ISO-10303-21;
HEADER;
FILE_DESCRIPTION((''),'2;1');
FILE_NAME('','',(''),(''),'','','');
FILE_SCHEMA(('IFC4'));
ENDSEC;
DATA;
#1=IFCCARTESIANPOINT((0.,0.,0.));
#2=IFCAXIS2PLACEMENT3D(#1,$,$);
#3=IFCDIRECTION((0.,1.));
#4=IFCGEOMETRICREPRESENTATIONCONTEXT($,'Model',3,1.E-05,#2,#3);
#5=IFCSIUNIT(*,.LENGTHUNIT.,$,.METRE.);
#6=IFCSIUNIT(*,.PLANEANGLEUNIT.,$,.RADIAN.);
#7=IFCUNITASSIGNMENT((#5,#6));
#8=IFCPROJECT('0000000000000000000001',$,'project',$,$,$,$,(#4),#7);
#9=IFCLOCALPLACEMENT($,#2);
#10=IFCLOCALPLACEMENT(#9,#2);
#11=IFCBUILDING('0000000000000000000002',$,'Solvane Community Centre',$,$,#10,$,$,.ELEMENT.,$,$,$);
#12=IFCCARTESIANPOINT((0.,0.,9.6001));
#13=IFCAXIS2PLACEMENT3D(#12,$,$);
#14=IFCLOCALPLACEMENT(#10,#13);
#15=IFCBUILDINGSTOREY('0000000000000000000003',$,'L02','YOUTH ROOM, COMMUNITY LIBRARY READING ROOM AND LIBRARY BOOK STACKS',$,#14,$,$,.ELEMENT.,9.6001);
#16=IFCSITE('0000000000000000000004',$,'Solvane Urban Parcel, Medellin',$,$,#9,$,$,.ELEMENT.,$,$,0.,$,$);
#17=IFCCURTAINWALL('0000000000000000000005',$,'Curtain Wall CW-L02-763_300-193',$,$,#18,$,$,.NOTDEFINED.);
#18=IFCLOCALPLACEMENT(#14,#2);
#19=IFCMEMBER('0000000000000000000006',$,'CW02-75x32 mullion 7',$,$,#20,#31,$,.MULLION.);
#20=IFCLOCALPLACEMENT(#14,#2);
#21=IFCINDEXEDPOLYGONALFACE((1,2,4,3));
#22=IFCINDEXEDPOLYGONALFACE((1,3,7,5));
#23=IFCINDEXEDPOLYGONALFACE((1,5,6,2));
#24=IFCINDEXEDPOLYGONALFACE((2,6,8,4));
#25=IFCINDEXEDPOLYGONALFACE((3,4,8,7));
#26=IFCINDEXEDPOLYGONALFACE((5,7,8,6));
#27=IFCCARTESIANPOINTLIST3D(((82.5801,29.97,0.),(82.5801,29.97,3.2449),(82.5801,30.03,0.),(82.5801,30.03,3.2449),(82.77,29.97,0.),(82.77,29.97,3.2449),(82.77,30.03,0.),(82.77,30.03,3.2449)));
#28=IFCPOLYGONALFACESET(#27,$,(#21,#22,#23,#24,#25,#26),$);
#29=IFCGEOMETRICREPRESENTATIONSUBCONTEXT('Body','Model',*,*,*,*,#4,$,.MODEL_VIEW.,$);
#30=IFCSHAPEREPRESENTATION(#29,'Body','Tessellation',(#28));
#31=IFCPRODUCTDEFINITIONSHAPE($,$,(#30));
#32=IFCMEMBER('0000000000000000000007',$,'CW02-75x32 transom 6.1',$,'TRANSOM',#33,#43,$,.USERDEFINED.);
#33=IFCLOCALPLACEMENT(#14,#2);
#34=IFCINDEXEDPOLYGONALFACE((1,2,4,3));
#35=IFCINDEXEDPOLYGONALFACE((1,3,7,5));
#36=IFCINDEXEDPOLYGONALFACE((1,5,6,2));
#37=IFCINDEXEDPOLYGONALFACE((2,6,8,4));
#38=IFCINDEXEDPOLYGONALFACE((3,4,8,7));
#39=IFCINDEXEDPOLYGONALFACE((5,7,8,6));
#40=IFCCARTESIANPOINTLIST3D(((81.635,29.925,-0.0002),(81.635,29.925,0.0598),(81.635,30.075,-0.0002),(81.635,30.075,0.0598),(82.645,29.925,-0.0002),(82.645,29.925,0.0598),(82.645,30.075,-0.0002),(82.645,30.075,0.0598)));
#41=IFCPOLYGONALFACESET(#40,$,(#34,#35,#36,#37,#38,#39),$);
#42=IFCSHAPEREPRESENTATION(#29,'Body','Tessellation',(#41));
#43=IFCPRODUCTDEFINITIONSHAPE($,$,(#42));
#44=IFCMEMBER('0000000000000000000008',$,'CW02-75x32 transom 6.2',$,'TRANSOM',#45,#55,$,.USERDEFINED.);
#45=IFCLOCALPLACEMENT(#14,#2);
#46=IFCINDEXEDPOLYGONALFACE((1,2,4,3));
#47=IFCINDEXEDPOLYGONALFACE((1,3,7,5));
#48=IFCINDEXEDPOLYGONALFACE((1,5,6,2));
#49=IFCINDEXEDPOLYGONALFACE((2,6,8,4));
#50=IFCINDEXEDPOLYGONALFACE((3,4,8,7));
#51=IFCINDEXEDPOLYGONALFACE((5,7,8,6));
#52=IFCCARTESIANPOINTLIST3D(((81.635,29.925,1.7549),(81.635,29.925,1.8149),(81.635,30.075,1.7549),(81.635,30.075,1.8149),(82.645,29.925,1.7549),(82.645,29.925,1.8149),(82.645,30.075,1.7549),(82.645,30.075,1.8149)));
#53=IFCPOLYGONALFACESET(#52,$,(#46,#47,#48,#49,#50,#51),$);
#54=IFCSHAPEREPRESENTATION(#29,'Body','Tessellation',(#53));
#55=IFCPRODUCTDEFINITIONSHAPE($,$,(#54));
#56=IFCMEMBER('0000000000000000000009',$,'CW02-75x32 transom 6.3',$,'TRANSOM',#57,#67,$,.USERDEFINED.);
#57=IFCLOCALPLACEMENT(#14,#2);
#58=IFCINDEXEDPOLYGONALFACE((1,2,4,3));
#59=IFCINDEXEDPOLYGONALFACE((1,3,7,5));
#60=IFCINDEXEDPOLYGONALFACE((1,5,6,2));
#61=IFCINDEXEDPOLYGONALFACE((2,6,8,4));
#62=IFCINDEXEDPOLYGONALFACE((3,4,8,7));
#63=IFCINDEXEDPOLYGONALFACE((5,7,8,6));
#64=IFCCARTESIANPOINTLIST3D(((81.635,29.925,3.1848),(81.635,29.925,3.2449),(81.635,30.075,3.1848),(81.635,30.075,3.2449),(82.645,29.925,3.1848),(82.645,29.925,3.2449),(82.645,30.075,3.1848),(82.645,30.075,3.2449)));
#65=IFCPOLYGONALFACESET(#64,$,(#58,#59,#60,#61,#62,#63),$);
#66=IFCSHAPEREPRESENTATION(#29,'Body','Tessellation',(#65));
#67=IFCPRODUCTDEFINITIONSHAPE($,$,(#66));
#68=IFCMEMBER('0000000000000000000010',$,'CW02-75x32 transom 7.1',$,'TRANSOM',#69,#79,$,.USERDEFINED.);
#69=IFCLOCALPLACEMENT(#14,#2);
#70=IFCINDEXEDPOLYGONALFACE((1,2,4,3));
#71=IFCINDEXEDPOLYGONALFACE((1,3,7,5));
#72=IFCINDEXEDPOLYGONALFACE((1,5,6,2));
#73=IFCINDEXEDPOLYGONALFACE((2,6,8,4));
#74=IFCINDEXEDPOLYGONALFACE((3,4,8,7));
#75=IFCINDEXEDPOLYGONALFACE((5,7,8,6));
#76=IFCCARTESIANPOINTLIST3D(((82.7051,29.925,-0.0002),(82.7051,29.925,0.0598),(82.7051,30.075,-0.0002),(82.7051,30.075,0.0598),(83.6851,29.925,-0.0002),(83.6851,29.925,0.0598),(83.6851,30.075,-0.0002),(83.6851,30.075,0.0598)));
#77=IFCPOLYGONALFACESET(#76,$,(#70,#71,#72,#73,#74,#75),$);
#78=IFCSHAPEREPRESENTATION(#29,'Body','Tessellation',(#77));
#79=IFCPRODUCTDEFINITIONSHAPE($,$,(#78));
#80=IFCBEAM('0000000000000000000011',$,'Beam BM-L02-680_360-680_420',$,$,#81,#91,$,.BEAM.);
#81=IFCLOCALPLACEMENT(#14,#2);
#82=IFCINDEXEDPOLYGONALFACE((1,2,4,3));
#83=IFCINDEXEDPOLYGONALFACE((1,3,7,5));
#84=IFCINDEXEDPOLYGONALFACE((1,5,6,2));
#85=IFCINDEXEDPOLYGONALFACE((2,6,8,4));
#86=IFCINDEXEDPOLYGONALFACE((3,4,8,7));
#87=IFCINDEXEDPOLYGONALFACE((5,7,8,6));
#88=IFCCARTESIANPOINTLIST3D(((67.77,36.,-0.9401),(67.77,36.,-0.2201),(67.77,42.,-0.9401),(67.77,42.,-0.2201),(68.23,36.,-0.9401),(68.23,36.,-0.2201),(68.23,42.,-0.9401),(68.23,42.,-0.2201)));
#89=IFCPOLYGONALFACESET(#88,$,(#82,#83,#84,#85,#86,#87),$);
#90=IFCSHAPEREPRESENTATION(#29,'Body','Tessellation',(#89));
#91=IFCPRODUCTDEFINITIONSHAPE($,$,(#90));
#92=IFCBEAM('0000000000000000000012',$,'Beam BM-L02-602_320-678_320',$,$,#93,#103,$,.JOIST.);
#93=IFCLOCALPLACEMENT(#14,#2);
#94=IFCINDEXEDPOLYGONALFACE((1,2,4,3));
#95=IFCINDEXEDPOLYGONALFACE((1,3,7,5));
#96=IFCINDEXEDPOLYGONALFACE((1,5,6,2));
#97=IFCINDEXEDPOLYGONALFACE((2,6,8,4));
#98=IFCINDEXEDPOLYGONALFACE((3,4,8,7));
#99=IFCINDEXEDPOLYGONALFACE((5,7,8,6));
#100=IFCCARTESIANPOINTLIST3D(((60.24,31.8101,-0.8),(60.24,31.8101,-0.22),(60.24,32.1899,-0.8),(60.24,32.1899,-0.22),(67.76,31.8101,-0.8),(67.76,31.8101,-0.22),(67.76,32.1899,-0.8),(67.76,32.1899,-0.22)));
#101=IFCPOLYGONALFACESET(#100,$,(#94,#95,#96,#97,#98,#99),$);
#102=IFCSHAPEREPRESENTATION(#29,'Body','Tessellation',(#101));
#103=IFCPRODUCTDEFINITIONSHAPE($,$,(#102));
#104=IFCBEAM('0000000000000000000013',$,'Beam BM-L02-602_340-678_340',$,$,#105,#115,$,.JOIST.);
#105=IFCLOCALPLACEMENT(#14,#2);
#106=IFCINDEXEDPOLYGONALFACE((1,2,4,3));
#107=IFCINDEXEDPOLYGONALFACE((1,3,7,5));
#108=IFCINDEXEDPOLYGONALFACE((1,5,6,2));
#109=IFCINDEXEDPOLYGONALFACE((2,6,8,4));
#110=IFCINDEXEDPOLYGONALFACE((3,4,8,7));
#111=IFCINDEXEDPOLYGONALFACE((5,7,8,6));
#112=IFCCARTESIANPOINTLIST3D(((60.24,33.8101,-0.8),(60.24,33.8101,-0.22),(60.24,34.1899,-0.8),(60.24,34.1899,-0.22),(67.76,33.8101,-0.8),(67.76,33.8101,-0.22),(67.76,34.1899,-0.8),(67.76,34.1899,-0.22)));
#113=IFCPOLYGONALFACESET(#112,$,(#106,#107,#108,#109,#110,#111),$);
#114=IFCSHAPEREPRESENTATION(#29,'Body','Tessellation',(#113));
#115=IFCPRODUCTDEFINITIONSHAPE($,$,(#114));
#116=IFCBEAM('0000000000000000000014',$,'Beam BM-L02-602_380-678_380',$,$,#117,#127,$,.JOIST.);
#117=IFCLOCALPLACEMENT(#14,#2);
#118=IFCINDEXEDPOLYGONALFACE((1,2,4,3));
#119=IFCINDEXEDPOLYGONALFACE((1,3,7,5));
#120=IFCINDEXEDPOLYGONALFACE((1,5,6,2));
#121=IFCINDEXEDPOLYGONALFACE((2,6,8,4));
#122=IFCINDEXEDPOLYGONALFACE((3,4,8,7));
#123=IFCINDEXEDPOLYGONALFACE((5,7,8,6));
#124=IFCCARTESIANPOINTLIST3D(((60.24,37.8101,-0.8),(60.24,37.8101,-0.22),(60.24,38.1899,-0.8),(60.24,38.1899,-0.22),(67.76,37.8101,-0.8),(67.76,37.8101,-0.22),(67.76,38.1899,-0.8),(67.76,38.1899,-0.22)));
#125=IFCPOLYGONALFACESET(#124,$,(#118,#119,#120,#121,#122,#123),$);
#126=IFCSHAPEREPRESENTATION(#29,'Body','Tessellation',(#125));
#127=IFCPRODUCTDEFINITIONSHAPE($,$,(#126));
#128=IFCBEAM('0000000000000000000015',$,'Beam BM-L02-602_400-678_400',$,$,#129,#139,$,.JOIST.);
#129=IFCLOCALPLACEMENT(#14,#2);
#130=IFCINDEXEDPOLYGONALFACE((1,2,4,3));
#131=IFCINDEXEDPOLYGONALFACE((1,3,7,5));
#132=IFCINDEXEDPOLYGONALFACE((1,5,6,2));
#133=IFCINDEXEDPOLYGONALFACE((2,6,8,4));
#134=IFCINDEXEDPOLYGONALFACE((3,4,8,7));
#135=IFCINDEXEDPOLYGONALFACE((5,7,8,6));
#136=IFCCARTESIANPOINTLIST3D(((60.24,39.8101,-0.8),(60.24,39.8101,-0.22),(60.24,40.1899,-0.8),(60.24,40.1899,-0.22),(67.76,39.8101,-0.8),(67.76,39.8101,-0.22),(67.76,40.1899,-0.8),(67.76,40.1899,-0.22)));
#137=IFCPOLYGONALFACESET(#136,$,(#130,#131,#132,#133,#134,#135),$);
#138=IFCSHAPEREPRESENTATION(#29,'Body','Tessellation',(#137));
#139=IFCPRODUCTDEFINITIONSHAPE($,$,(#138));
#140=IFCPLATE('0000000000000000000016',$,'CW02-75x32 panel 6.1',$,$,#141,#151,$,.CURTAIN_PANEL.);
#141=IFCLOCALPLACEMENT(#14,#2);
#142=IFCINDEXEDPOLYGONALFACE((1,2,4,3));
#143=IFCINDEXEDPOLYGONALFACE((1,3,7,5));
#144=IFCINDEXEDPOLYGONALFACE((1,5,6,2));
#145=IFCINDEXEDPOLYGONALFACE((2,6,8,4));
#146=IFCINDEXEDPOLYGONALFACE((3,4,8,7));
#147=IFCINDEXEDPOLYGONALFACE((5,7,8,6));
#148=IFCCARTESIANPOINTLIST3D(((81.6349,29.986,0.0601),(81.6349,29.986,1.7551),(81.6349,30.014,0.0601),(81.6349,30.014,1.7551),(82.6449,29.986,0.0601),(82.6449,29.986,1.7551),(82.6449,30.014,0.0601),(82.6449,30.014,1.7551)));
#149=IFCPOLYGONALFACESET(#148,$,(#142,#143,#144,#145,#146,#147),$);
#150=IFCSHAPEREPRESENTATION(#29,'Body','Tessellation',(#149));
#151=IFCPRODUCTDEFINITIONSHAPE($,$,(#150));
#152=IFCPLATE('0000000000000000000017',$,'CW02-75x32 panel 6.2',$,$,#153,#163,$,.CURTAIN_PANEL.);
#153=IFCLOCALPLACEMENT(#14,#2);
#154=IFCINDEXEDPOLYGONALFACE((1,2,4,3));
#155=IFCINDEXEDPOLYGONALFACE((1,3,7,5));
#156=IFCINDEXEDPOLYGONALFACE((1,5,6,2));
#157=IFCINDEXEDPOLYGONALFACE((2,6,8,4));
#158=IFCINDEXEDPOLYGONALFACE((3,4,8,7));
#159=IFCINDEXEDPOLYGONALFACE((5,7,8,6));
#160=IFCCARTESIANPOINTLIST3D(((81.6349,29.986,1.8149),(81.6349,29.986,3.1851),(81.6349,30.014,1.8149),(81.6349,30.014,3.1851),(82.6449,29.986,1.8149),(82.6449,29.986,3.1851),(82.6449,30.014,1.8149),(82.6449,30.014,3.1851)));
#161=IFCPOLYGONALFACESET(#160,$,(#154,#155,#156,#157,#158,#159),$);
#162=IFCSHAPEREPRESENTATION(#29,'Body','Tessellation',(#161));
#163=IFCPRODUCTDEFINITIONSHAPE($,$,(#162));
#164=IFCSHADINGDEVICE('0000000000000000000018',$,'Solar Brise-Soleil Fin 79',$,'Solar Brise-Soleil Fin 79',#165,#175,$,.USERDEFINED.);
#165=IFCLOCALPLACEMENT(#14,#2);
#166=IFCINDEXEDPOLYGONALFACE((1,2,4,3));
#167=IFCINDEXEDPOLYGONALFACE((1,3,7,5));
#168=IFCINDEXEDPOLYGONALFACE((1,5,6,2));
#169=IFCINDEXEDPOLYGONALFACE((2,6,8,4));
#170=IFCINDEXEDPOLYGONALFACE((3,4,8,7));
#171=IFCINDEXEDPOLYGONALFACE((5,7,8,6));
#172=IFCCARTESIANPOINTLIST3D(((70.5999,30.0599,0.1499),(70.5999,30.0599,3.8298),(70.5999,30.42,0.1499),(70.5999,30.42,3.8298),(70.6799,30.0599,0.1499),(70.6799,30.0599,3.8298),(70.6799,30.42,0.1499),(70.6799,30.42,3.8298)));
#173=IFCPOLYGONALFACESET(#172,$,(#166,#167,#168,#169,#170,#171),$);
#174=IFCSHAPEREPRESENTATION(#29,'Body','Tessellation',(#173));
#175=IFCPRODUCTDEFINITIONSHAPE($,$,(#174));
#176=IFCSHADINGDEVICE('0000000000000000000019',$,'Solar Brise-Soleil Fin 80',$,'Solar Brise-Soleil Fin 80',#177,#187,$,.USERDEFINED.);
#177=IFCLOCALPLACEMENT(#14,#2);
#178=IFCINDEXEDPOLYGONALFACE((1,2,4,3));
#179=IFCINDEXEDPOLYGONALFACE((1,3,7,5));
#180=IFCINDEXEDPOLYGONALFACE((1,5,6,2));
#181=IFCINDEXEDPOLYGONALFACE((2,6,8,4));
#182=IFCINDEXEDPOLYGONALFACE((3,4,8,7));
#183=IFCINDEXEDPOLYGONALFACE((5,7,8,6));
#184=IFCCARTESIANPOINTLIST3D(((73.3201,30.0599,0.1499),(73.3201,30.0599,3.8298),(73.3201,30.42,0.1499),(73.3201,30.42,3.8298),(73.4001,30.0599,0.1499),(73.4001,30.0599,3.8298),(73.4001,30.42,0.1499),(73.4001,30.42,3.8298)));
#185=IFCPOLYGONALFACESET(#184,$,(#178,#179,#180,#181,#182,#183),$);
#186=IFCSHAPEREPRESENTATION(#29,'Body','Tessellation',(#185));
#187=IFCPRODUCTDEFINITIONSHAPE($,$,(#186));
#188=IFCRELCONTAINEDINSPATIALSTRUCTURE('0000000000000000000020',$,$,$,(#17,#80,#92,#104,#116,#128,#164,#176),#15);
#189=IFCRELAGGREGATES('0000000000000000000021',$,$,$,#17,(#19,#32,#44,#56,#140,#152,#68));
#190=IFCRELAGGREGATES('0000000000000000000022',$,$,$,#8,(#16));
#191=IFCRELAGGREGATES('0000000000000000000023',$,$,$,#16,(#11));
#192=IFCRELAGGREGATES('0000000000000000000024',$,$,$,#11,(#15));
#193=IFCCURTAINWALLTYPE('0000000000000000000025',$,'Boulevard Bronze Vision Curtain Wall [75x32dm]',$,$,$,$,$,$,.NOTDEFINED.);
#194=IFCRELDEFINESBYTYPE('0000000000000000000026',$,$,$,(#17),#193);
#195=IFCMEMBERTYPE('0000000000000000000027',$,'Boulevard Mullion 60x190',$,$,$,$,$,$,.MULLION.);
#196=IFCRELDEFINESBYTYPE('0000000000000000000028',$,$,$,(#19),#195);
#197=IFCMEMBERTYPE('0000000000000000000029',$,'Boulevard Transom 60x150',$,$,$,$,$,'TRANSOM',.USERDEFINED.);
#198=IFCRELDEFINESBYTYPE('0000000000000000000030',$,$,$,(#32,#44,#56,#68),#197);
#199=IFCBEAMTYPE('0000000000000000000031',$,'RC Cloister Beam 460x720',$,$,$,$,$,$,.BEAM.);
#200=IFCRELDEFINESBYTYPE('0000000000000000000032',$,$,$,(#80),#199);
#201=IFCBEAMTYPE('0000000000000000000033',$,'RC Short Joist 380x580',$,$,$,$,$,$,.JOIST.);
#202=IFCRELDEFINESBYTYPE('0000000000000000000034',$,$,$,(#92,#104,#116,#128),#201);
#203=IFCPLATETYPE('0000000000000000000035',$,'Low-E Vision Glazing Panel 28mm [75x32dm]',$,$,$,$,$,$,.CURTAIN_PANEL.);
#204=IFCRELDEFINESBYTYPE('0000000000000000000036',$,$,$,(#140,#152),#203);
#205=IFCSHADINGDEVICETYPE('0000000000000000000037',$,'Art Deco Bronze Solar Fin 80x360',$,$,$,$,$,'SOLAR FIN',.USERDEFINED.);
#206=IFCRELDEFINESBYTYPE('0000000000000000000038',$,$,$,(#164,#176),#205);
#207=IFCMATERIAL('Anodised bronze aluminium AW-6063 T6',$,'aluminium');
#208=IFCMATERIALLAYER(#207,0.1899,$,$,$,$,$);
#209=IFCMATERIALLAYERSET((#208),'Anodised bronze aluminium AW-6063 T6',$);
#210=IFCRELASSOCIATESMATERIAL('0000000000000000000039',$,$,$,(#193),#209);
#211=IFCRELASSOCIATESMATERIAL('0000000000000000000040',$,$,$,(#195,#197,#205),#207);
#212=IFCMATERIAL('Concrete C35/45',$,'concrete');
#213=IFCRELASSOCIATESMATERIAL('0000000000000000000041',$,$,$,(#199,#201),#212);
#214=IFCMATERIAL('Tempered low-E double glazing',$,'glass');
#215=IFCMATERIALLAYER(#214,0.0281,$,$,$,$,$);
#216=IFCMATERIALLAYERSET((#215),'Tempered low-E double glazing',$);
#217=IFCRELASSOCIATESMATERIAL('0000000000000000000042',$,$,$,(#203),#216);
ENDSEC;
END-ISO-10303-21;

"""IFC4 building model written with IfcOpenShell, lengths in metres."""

from ifc_helpers import new_model, si_unit, direction, frame, origin, origin_2d, place, context, subcontext, project, spatial, rectangle, extrude, material, layer, layer_set, material_profile, profile_set, type_object, element, aggregate, save


model = new_model("IFC4")

# Units and contexts
model_context = context("Model", 3, precision=1e-05, world=origin(), true_north=direction((0.0, 1.0)))
body_context = subcontext(model_context, "Body", "Model", "MODEL_VIEW")
ifc_project = project(units=[si_unit("LENGTHUNIT", "METRE"), si_unit("PLANEANGLEUNIT", "RADIAN")], contexts=[model_context])

# Site, building, storey
site_placement = place(None, origin())
site = spatial("IfcSite", under=ifc_project, at=site_placement, Name="Solvane Urban Parcel, Medellin", CompositionType="ELEMENT", RefElevation=0.0)
building_placement = place(site_placement, origin())
building = spatial("IfcBuilding", under=site, at=building_placement, Name="Solvane Community Centre", CompositionType="ELEMENT")
storey_placement = place(building_placement, frame((0.0, 0.0, 9.6001)))
storey = spatial("IfcBuildingStorey", under=building, at=storey_placement, Name="L02", Description="YOUTH ROOM, COMMUNITY LIBRARY READING ROOM AND LIBRARY BOOK STACKS", CompositionType="ELEMENT", Elevation=9.6001)

# Curtain wall, members
ifc_material_1 = material(Name="Anodised bronze aluminium AW-6063 T6", Category="aluminium")
ifc_layer_1 = layer(ifc_material_1, 0.1899)
ifc_layer_set_1 = layer_set([ifc_layer_1], Name="Anodised bronze aluminium AW-6063 T6")
curtain_wall_type = type_object("IfcCurtainWallType", Name="Boulevard Bronze Vision Curtain Wall [75x32dm]", PredefinedType="NOTDEFINED", material=ifc_layer_set_1)
curtain_wall_placement = place(storey_placement, origin())
curtain_wall = element("IfcCurtainWall", 1, at=curtain_wall_placement, inside=storey, type_object=curtain_wall_type, Name="Curtain Wall CW-L02-763_300-193", PredefinedType="NOTDEFINED")
ifc_material_profile_1 = material_profile(ifc_material_1, rectangle(XDim=0.0601, YDim=0.1899, at=origin_2d()), Name="CW-M 60x190")
ifc_profile_set_1 = profile_set([ifc_material_profile_1], Name="Anodised bronze aluminium AW-6063 T6")
member_type_1 = type_object("IfcMemberType", Name="Boulevard Mullion 60x190", PredefinedType="MULLION", material=ifc_profile_set_1)
member_1_placement = place(storey_placement, frame((82.675, 30.0, 0.0), z_axis=(0.0, 0.0, 1.0), x_axis=(0.0, 1.0, 0.0)))
member_1 = element("IfcMember", 2, at=member_1_placement, type_object=member_type_1, Name="CW02-75x32 mullion 7", PredefinedType="MULLION", context=body_context, shape_type="SweptSolid", body=[
    extrude(rectangle(XDim=0.0601, YDim=0.1899, at=origin_2d()), origin(), (0.0, 0.0, 1.0), 3.2449),
])
ifc_material_profile_2 = material_profile(ifc_material_1, rectangle(XDim=0.1499, YDim=0.0601, at=origin_2d()), Name="CW-T 60x150")
ifc_profile_set_2 = profile_set([ifc_material_profile_2], Name="Anodised bronze aluminium AW-6063 T6")
member_type_2 = type_object("IfcMemberType", Name="Boulevard Transom 60x150", ElementType="TRANSOM", PredefinedType="USERDEFINED", material=ifc_profile_set_2)
member_2_placement = place(storey_placement, frame((81.635, 30.0, 0.0298), z_axis=(1.0, 0.0, 0.0), x_axis=(0.0, 1.0, 0.0)))
member_2 = element("IfcMember", 3, at=member_2_placement, type_object=member_type_2, Name="CW02-75x32 transom 6.1", ObjectType="TRANSOM", PredefinedType="USERDEFINED", context=body_context, shape_type="SweptSolid", body=[
    extrude(rectangle(XDim=0.1499, YDim=0.0601, at=origin_2d()), origin(), (0.0, 0.0, 1.0), 1.01),
])
member_3_placement = place(storey_placement, frame((81.635, 30.0, 1.7849), z_axis=(1.0, 0.0, 0.0), x_axis=(0.0, 1.0, 0.0)))
member_3 = element("IfcMember", 4, at=member_3_placement, type_object=member_type_2, Name="CW02-75x32 transom 6.2", ObjectType="TRANSOM", PredefinedType="USERDEFINED", context=body_context, shape_type="SweptSolid", body=[
    extrude(rectangle(XDim=0.1499, YDim=0.0601, at=origin_2d()), origin(), (0.0, 0.0, 1.0), 1.01),
])
member_4_placement = place(storey_placement, frame((81.635, 30.0, 3.2148), z_axis=(1.0, 0.0, 0.0), x_axis=(0.0, 1.0, 0.0)))
member_4 = element("IfcMember", 5, at=member_4_placement, type_object=member_type_2, Name="CW02-75x32 transom 6.3", ObjectType="TRANSOM", PredefinedType="USERDEFINED", context=body_context, shape_type="SweptSolid", body=[
    extrude(rectangle(XDim=0.1499, YDim=0.0601, at=origin_2d()), origin(), (0.0, 0.0, 1.0), 1.01),
])
member_5_placement = place(storey_placement, frame((82.7051, 30.0, 0.0298), z_axis=(1.0, 0.0, 0.0), x_axis=(0.0, 1.0, 0.0)))
member_5 = element("IfcMember", 6, at=member_5_placement, type_object=member_type_2, Name="CW02-75x32 transom 7.1", ObjectType="TRANSOM", PredefinedType="USERDEFINED", context=body_context, shape_type="SweptSolid", body=[
    extrude(rectangle(XDim=0.1499, YDim=0.0601, at=origin_2d()), origin(), (0.0, 0.0, 1.0), 0.98),
])

# Beams
ifc_material_2 = material(Name="Concrete C35/45", Category="concrete")
ifc_material_profile_3 = material_profile(ifc_material_2, rectangle(XDim=0.46, YDim=0.72, at=origin_2d()), Name="RC 460x720")
ifc_profile_set_3 = profile_set([ifc_material_profile_3], Name="Concrete C35/45")
beam_type_1 = type_object("IfcBeamType", Name="RC Cloister Beam 460x720", PredefinedType="BEAM", material=ifc_profile_set_3)
beam_placement = place(storey_placement, frame((68.0, 36.0, -0.5801), z_axis=(0.0, 1.0, 0.0), x_axis=(-1.0, 0.0, 0.0)))
element("IfcBeam", 7, at=beam_placement, inside=storey, type_object=beam_type_1, Name="Beam BM-L02-680_360-680_420", PredefinedType="BEAM", context=body_context, shape_type="SweptSolid", body=[
    extrude(rectangle(XDim=0.46, YDim=0.72, at=origin_2d()), origin(), (0.0, 0.0, 1.0), 6.0),
])
ifc_material_profile_4 = material_profile(ifc_material_2, rectangle(XDim=0.3799, YDim=0.5801, at=origin_2d()), Name="RC 380x580")
ifc_profile_set_4 = profile_set([ifc_material_profile_4], Name="Concrete C35/45")
beam_type_2 = type_object("IfcBeamType", Name="RC Short Joist 380x580", PredefinedType="JOIST", material=ifc_profile_set_4)
for number, where, z_axis, x_axis, name in (
    (8, (60.24, 32.0, -0.51), (1.0, 0.0, 0.0), (0.0, 1.0, 0.0), "Beam BM-L02-602_320-678_320"),
    (9, (60.24, 34.0, -0.51), (1.0, 0.0, 0.0), (0.0, 1.0, 0.0), "Beam BM-L02-602_340-678_340"),
    (10, (60.24, 38.0, -0.51), (1.0, 0.0, 0.0), (0.0, 1.0, 0.0), "Beam BM-L02-602_380-678_380"),
    (11, (60.24, 40.0, -0.51), (1.0, 0.0, 0.0), (0.0, 1.0, 0.0), "Beam BM-L02-602_400-678_400"),
):
    element("IfcBeam", number, at=place(storey_placement, frame(where, z_axis=z_axis, x_axis=x_axis)), inside=storey, type_object=beam_type_2, Name=name, PredefinedType="JOIST", context=body_context, shape_type="SweptSolid", body=[
        extrude(rectangle(XDim=0.3799, YDim=0.5801, at=origin_2d()), origin(), (0.0, 0.0, 1.0), 7.52),
    ])

# Plates
ifc_material_3 = material(Name="Tempered low-E double glazing", Category="glass")
ifc_layer_2 = layer(ifc_material_3, 0.0281)
ifc_layer_set_2 = layer_set([ifc_layer_2], Name="Tempered low-E double glazing")
plate_type = type_object("IfcPlateType", Name="Low-E Vision Glazing Panel 28mm [75x32dm]", PredefinedType="CURTAIN_PANEL", material=ifc_layer_set_2)
plate_1_placement = place(storey_placement, frame((82.1399, 30.0, 0.0601), z_axis=(0.0, 0.0, 1.0), x_axis=(1.0, 0.0, 0.0)))
plate_1 = element("IfcPlate", 12, at=plate_1_placement, type_object=plate_type, Name="CW02-75x32 panel 6.1", PredefinedType="CURTAIN_PANEL", context=body_context, shape_type="SweptSolid", body=[
    extrude(rectangle(XDim=1.01, YDim=0.0281, at=origin_2d()), origin(), (0.0, 0.0, 1.0), 1.6951),
])
plate_2_placement = place(storey_placement, frame((82.1399, 30.0, 1.8149), z_axis=(0.0, 0.0, 1.0), x_axis=(1.0, 0.0, 0.0)))
plate_2 = element("IfcPlate", 13, at=plate_2_placement, type_object=plate_type, Name="CW02-75x32 panel 6.2", PredefinedType="CURTAIN_PANEL", context=body_context, shape_type="SweptSolid", body=[
    extrude(rectangle(XDim=1.01, YDim=0.0281, at=origin_2d()), origin(), (0.0, 0.0, 1.0), 1.3701),
])
aggregate(curtain_wall, [member_1, member_2, member_3, member_4, plate_1, plate_2, member_5])

# Shading devices
shading_device_type = type_object("IfcShadingDeviceType", Name="Art Deco Bronze Solar Fin 80x360", ElementType="SOLAR FIN", PredefinedType="USERDEFINED", material=ifc_material_1)
shading_device_1_placement = place(storey_placement, frame((70.6399, 30.24, 0.1499), z_axis=(0.0, 0.0, 1.0), x_axis=(1.0, 0.0, 0.0)))
element("IfcShadingDevice", 14, at=shading_device_1_placement, inside=storey, type_object=shading_device_type, Name="Solar Brise-Soleil Fin 79", ObjectType="Solar Brise-Soleil Fin 79", PredefinedType="USERDEFINED", context=body_context, shape_type="SweptSolid", body=[
    extrude(rectangle(XDim=0.0801, YDim=0.3601, at=origin_2d()), origin(), (0.0, 0.0, 1.0), 3.6799),
])
shading_device_2_placement = place(storey_placement, frame((73.3601, 30.24, 0.1499), z_axis=(0.0, 0.0, 1.0), x_axis=(1.0, 0.0, 0.0)))
element("IfcShadingDevice", 15, at=shading_device_2_placement, inside=storey, type_object=shading_device_type, Name="Solar Brise-Soleil Fin 80", ObjectType="Solar Brise-Soleil Fin 80", PredefinedType="USERDEFINED", context=body_context, shape_type="SweptSolid", body=[
    extrude(rectangle(XDim=0.0801, YDim=0.3601, at=origin_2d()), origin(), (0.0, 0.0, 1.0), 3.6799),
])

save(model, "model.ifc")
